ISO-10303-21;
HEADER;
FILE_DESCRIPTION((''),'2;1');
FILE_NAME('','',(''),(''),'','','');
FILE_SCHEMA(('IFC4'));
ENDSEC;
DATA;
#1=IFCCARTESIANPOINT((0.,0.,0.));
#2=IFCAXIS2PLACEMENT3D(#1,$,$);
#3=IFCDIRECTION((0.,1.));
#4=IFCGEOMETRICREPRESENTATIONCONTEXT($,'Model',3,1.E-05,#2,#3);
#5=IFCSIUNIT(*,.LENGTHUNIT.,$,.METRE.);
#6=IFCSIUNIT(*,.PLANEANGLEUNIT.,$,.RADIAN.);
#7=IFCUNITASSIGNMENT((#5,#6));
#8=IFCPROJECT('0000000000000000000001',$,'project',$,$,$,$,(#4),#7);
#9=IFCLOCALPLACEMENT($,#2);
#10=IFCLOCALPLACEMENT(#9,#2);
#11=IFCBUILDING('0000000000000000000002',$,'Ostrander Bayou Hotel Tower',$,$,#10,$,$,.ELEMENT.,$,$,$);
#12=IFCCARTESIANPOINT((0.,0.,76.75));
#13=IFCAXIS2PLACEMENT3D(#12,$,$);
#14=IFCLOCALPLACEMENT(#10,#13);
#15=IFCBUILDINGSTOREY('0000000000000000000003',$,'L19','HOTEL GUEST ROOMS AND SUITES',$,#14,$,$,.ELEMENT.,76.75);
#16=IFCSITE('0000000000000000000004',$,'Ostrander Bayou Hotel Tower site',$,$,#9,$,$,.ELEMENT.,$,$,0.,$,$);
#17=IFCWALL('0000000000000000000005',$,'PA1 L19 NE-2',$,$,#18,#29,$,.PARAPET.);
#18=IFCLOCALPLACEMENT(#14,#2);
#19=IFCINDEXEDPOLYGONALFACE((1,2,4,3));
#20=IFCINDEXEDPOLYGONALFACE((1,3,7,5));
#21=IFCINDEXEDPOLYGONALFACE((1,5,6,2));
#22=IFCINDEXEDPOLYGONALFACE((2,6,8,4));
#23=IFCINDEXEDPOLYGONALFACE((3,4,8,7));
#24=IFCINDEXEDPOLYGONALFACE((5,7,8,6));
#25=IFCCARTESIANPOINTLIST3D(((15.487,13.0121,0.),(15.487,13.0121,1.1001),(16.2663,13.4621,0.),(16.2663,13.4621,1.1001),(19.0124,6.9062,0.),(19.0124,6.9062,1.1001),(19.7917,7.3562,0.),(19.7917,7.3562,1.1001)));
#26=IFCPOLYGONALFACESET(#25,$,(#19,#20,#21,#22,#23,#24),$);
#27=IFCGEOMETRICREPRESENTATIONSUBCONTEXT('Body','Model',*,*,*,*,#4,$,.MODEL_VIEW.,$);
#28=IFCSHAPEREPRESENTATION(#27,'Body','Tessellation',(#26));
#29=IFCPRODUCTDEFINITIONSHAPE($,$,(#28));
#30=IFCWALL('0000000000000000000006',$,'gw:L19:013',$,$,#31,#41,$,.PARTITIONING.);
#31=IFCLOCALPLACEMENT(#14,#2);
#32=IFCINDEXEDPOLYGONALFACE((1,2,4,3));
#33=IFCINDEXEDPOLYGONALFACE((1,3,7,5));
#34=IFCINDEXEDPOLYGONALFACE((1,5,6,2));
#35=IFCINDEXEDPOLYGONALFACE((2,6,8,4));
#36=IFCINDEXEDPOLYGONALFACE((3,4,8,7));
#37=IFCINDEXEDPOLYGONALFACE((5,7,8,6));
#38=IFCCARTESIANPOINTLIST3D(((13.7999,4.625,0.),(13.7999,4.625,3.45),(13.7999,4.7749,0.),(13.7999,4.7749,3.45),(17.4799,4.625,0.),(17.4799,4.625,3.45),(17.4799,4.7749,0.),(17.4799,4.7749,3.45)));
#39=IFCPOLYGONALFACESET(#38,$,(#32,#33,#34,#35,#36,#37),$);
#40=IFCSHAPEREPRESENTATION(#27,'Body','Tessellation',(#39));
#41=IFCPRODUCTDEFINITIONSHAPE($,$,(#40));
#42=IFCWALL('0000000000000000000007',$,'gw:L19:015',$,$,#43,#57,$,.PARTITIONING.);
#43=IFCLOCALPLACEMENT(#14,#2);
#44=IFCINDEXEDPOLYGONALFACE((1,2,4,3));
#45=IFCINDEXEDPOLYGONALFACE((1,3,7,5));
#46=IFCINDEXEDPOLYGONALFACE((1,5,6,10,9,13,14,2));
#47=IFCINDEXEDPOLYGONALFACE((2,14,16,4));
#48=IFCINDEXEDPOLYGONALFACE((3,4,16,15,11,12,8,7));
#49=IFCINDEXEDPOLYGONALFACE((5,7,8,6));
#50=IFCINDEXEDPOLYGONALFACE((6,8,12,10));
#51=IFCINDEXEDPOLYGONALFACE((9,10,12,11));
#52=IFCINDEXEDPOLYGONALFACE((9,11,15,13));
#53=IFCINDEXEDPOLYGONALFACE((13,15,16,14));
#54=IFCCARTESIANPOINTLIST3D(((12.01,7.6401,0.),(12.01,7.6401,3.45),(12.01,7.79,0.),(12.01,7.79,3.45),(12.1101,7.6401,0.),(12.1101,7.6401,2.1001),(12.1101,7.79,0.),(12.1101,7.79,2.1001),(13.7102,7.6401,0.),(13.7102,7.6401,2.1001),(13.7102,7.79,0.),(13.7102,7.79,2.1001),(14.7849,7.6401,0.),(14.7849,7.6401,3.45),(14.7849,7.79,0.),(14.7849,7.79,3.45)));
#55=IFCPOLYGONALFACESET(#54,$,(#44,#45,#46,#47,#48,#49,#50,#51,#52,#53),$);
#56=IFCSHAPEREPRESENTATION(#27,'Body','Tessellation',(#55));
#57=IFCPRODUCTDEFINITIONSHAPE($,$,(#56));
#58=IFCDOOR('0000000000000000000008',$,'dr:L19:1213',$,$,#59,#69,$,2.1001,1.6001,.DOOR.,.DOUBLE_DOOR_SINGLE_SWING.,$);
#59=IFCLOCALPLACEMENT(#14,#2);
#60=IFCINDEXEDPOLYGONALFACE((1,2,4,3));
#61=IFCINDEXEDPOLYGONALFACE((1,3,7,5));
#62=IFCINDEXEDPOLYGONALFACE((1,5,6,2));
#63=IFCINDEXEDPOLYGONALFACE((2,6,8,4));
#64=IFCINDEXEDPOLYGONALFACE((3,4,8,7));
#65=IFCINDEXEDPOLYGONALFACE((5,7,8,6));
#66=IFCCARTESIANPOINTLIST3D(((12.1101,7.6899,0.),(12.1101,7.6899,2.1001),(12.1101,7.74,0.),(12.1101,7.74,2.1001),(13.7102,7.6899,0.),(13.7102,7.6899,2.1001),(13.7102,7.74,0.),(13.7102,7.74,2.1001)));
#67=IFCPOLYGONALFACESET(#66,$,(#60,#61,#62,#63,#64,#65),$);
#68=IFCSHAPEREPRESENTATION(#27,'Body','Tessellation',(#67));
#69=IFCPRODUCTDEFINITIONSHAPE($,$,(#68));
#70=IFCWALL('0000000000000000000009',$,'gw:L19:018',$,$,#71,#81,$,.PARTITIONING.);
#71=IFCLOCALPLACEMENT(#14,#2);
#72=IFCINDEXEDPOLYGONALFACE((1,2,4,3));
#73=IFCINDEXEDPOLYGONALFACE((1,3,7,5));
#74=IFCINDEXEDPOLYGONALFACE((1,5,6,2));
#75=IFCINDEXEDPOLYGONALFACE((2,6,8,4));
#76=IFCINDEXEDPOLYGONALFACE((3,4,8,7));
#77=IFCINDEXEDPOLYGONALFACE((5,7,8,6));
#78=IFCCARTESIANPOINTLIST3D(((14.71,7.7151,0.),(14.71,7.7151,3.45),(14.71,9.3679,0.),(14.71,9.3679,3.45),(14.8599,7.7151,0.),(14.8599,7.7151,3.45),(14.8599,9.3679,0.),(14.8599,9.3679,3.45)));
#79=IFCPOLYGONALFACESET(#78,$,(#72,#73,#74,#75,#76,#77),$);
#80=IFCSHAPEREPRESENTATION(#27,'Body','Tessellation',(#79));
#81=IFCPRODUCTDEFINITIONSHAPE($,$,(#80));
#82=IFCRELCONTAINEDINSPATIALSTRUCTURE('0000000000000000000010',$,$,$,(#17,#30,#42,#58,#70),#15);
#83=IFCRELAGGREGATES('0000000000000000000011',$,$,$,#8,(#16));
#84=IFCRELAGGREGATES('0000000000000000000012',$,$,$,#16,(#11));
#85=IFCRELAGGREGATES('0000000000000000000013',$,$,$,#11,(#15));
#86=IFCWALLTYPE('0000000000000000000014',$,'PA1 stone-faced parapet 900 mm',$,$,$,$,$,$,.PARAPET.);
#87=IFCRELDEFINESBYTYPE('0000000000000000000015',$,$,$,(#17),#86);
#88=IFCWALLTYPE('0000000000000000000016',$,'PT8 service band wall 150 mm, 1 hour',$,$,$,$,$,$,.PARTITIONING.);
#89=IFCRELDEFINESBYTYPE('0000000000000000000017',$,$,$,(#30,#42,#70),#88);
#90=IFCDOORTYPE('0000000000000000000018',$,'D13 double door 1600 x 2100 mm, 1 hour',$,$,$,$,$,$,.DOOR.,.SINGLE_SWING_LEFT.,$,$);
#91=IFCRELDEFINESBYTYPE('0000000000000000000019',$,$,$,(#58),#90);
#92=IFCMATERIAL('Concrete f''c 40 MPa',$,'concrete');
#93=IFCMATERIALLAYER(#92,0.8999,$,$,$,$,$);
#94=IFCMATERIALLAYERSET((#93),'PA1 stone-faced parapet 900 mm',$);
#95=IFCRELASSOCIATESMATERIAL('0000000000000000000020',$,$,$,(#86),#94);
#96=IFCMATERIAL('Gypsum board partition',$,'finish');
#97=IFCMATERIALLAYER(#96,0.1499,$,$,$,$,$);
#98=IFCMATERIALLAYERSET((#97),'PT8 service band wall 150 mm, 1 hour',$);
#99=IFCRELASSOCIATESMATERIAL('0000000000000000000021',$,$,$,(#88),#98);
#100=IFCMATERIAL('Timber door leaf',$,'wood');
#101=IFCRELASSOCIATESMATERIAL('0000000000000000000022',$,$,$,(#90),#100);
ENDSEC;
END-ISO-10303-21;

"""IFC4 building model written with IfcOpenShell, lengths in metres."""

from ifc_helpers import new_model, si_unit, direction, frame, frame_2d, origin, place, context, subcontext, project, spatial, rectangle, extrude, material, layer, layer_set, type_object, element, fill, save


model = new_model("IFC4")

# Units and contexts
model_context = context("Model", 3, precision=1e-05, world=origin(), true_north=direction((0.0, 1.0)))
body_context = subcontext(model_context, "Body", "Model", "MODEL_VIEW")
ifc_project = project(units=[si_unit("LENGTHUNIT", "METRE"), si_unit("PLANEANGLEUNIT", "RADIAN")], contexts=[model_context])

# Site, building, storey
site_placement = place(None, origin())
site = spatial("IfcSite", under=ifc_project, at=site_placement, Name="Ostrander Bayou Hotel Tower site", CompositionType="ELEMENT", RefElevation=0.0)
building_placement = place(site_placement, origin())
building = spatial("IfcBuilding", under=site, at=building_placement, Name="Ostrander Bayou Hotel Tower", CompositionType="ELEMENT")
storey_placement = place(building_placement, frame((0.0, 0.0, 76.75)))
storey = spatial("IfcBuildingStorey", under=building, at=storey_placement, Name="L19", Description="HOTEL GUEST ROOMS AND SUITES", CompositionType="ELEMENT", Elevation=76.75)

# Walls
ifc_material_1 = material(Name="Concrete f'c 40 MPa", Category="concrete")
ifc_layer_1 = layer(ifc_material_1, 0.8999)
ifc_layer_set_1 = layer_set([ifc_layer_1], Name="PA1 stone-faced parapet 900 mm")
wall_type_1 = type_object("IfcWallType", Name="PA1 stone-faced parapet 900 mm", PredefinedType="PARAPET", material=ifc_layer_set_1)
wall_1_placement = place(storey_placement, frame((19.4021, 7.1311, 0.0), z_axis=(0.0, 0.0, 1.0), x_axis=(-0.500012, 0.866018, 0.0)))
element("IfcWall", 1, at=wall_1_placement, inside=storey, type_object=wall_type_1, Name="PA1 L19 NE-2", PredefinedType="PARAPET", context=body_context, shape_type="SweptSolid", body=[
    extrude(rectangle(XDim=7.0505, YDim=0.8999, at=frame_2d((3.5254, 0.0))), origin(), (0.0, 0.0, 1.0), 1.1001),
])
ifc_material_2 = material(Name="Gypsum board partition", Category="finish")
ifc_layer_2 = layer(ifc_material_2, 0.1499)
ifc_layer_set_2 = layer_set([ifc_layer_2], Name="PT8 service band wall 150 mm, 1 hour")
wall_type_2 = type_object("IfcWallType", Name="PT8 service band wall 150 mm, 1 hour", PredefinedType="PARTITIONING", material=ifc_layer_set_2)
wall_2_placement = place(storey_placement, frame((13.8, 4.7, 0.0), z_axis=(0.0, 0.0, 1.0), x_axis=(1.0, 0.0, 0.0)))
element("IfcWall", 2, at=wall_2_placement, inside=storey, type_object=wall_type_2, Name="gw:L19:013", PredefinedType="PARTITIONING", context=body_context, shape_type="SweptSolid", body=[
    extrude(rectangle(XDim=3.6799, YDim=0.1499, at=frame_2d((1.8398, 0.0))), origin(), (0.0, 0.0, 1.0), 3.45),
])

# Wall, opening, door
wall_3_placement = place(storey_placement, frame((12.01, 7.7151, 0.0), z_axis=(0.0, 0.0, 1.0), x_axis=(1.0, 0.0, 0.0)))
wall_3 = element("IfcWall", 3, at=wall_3_placement, inside=storey, type_object=wall_type_2, Name="gw:L19:015", PredefinedType="PARTITIONING", context=body_context, shape_type="SweptSolid", body=[
    extrude(rectangle(XDim=2.7749, YDim=0.1499, at=frame_2d((1.3875, 0.0))), origin(), (0.0, 0.0, 1.0), 3.45),
])
opening_1_placement = place(wall_3_placement, frame((0.1001, 0.0, 0.0)))
opening_1 = element("IfcOpeningElement", 4, at=opening_1_placement, cuts=wall_3, PredefinedType="OPENING", context=body_context, shape_type="SweptSolid", body=[
    extrude(rectangle(XDim=1.6001, YDim=2.1001, at=frame_2d((0.8, 1.05))), frame((0.0, 0.075, 0.0), z_axis=(0.0, -1.0, 0.0), x_axis=(1.0, 0.0, 0.0)), (0.0, 0.0, 1.0), 0.1499),
])
ifc_material_3 = material(Name="Timber door leaf", Category="wood")
door_type_1 = type_object("IfcDoorType", Name="D13 double door 1600 x 2100 mm, 1 hour", OperationType="SINGLE_SWING_LEFT", PredefinedType="DOOR", material=ifc_material_3)
door_1_placement = place(opening_1_placement, origin())
door_1 = element("IfcDoor", 5, at=door_1_placement, inside=storey, type_object=door_type_1, Name="dr:L19:1213", OperationType="DOUBLE_DOOR_SINGLE_SWING", OverallHeight=2.1001, OverallWidth=1.6001, PredefinedType="DOOR", context=body_context, shape_type="SweptSolid", body=[
    extrude(rectangle(XDim=1.6001, YDim=2.1001, at=frame_2d((0.8, 1.05))), frame((0.0, 0.0249, 0.0), z_axis=(0.0, -1.0, 0.0), x_axis=(1.0, 0.0, 0.0)), (0.0, 0.0, 1.0), 0.05),
])
fill(opening_1, door_1)

# Wall
wall_4_placement = place(storey_placement, frame((14.7849, 7.7151, 0.0), z_axis=(0.0, 0.0, 1.0), x_axis=(0.0, 1.0, 0.0)))
element("IfcWall", 6, at=wall_4_placement, inside=storey, type_object=wall_type_2, Name="gw:L19:018", PredefinedType="PARTITIONING", context=body_context, shape_type="SweptSolid", body=[
    extrude(rectangle(XDim=1.6528, YDim=0.1499, at=frame_2d((0.8264, 0.0))), origin(), (0.0, 0.0, 1.0), 3.45),
])

save(model, "model.ifc")
